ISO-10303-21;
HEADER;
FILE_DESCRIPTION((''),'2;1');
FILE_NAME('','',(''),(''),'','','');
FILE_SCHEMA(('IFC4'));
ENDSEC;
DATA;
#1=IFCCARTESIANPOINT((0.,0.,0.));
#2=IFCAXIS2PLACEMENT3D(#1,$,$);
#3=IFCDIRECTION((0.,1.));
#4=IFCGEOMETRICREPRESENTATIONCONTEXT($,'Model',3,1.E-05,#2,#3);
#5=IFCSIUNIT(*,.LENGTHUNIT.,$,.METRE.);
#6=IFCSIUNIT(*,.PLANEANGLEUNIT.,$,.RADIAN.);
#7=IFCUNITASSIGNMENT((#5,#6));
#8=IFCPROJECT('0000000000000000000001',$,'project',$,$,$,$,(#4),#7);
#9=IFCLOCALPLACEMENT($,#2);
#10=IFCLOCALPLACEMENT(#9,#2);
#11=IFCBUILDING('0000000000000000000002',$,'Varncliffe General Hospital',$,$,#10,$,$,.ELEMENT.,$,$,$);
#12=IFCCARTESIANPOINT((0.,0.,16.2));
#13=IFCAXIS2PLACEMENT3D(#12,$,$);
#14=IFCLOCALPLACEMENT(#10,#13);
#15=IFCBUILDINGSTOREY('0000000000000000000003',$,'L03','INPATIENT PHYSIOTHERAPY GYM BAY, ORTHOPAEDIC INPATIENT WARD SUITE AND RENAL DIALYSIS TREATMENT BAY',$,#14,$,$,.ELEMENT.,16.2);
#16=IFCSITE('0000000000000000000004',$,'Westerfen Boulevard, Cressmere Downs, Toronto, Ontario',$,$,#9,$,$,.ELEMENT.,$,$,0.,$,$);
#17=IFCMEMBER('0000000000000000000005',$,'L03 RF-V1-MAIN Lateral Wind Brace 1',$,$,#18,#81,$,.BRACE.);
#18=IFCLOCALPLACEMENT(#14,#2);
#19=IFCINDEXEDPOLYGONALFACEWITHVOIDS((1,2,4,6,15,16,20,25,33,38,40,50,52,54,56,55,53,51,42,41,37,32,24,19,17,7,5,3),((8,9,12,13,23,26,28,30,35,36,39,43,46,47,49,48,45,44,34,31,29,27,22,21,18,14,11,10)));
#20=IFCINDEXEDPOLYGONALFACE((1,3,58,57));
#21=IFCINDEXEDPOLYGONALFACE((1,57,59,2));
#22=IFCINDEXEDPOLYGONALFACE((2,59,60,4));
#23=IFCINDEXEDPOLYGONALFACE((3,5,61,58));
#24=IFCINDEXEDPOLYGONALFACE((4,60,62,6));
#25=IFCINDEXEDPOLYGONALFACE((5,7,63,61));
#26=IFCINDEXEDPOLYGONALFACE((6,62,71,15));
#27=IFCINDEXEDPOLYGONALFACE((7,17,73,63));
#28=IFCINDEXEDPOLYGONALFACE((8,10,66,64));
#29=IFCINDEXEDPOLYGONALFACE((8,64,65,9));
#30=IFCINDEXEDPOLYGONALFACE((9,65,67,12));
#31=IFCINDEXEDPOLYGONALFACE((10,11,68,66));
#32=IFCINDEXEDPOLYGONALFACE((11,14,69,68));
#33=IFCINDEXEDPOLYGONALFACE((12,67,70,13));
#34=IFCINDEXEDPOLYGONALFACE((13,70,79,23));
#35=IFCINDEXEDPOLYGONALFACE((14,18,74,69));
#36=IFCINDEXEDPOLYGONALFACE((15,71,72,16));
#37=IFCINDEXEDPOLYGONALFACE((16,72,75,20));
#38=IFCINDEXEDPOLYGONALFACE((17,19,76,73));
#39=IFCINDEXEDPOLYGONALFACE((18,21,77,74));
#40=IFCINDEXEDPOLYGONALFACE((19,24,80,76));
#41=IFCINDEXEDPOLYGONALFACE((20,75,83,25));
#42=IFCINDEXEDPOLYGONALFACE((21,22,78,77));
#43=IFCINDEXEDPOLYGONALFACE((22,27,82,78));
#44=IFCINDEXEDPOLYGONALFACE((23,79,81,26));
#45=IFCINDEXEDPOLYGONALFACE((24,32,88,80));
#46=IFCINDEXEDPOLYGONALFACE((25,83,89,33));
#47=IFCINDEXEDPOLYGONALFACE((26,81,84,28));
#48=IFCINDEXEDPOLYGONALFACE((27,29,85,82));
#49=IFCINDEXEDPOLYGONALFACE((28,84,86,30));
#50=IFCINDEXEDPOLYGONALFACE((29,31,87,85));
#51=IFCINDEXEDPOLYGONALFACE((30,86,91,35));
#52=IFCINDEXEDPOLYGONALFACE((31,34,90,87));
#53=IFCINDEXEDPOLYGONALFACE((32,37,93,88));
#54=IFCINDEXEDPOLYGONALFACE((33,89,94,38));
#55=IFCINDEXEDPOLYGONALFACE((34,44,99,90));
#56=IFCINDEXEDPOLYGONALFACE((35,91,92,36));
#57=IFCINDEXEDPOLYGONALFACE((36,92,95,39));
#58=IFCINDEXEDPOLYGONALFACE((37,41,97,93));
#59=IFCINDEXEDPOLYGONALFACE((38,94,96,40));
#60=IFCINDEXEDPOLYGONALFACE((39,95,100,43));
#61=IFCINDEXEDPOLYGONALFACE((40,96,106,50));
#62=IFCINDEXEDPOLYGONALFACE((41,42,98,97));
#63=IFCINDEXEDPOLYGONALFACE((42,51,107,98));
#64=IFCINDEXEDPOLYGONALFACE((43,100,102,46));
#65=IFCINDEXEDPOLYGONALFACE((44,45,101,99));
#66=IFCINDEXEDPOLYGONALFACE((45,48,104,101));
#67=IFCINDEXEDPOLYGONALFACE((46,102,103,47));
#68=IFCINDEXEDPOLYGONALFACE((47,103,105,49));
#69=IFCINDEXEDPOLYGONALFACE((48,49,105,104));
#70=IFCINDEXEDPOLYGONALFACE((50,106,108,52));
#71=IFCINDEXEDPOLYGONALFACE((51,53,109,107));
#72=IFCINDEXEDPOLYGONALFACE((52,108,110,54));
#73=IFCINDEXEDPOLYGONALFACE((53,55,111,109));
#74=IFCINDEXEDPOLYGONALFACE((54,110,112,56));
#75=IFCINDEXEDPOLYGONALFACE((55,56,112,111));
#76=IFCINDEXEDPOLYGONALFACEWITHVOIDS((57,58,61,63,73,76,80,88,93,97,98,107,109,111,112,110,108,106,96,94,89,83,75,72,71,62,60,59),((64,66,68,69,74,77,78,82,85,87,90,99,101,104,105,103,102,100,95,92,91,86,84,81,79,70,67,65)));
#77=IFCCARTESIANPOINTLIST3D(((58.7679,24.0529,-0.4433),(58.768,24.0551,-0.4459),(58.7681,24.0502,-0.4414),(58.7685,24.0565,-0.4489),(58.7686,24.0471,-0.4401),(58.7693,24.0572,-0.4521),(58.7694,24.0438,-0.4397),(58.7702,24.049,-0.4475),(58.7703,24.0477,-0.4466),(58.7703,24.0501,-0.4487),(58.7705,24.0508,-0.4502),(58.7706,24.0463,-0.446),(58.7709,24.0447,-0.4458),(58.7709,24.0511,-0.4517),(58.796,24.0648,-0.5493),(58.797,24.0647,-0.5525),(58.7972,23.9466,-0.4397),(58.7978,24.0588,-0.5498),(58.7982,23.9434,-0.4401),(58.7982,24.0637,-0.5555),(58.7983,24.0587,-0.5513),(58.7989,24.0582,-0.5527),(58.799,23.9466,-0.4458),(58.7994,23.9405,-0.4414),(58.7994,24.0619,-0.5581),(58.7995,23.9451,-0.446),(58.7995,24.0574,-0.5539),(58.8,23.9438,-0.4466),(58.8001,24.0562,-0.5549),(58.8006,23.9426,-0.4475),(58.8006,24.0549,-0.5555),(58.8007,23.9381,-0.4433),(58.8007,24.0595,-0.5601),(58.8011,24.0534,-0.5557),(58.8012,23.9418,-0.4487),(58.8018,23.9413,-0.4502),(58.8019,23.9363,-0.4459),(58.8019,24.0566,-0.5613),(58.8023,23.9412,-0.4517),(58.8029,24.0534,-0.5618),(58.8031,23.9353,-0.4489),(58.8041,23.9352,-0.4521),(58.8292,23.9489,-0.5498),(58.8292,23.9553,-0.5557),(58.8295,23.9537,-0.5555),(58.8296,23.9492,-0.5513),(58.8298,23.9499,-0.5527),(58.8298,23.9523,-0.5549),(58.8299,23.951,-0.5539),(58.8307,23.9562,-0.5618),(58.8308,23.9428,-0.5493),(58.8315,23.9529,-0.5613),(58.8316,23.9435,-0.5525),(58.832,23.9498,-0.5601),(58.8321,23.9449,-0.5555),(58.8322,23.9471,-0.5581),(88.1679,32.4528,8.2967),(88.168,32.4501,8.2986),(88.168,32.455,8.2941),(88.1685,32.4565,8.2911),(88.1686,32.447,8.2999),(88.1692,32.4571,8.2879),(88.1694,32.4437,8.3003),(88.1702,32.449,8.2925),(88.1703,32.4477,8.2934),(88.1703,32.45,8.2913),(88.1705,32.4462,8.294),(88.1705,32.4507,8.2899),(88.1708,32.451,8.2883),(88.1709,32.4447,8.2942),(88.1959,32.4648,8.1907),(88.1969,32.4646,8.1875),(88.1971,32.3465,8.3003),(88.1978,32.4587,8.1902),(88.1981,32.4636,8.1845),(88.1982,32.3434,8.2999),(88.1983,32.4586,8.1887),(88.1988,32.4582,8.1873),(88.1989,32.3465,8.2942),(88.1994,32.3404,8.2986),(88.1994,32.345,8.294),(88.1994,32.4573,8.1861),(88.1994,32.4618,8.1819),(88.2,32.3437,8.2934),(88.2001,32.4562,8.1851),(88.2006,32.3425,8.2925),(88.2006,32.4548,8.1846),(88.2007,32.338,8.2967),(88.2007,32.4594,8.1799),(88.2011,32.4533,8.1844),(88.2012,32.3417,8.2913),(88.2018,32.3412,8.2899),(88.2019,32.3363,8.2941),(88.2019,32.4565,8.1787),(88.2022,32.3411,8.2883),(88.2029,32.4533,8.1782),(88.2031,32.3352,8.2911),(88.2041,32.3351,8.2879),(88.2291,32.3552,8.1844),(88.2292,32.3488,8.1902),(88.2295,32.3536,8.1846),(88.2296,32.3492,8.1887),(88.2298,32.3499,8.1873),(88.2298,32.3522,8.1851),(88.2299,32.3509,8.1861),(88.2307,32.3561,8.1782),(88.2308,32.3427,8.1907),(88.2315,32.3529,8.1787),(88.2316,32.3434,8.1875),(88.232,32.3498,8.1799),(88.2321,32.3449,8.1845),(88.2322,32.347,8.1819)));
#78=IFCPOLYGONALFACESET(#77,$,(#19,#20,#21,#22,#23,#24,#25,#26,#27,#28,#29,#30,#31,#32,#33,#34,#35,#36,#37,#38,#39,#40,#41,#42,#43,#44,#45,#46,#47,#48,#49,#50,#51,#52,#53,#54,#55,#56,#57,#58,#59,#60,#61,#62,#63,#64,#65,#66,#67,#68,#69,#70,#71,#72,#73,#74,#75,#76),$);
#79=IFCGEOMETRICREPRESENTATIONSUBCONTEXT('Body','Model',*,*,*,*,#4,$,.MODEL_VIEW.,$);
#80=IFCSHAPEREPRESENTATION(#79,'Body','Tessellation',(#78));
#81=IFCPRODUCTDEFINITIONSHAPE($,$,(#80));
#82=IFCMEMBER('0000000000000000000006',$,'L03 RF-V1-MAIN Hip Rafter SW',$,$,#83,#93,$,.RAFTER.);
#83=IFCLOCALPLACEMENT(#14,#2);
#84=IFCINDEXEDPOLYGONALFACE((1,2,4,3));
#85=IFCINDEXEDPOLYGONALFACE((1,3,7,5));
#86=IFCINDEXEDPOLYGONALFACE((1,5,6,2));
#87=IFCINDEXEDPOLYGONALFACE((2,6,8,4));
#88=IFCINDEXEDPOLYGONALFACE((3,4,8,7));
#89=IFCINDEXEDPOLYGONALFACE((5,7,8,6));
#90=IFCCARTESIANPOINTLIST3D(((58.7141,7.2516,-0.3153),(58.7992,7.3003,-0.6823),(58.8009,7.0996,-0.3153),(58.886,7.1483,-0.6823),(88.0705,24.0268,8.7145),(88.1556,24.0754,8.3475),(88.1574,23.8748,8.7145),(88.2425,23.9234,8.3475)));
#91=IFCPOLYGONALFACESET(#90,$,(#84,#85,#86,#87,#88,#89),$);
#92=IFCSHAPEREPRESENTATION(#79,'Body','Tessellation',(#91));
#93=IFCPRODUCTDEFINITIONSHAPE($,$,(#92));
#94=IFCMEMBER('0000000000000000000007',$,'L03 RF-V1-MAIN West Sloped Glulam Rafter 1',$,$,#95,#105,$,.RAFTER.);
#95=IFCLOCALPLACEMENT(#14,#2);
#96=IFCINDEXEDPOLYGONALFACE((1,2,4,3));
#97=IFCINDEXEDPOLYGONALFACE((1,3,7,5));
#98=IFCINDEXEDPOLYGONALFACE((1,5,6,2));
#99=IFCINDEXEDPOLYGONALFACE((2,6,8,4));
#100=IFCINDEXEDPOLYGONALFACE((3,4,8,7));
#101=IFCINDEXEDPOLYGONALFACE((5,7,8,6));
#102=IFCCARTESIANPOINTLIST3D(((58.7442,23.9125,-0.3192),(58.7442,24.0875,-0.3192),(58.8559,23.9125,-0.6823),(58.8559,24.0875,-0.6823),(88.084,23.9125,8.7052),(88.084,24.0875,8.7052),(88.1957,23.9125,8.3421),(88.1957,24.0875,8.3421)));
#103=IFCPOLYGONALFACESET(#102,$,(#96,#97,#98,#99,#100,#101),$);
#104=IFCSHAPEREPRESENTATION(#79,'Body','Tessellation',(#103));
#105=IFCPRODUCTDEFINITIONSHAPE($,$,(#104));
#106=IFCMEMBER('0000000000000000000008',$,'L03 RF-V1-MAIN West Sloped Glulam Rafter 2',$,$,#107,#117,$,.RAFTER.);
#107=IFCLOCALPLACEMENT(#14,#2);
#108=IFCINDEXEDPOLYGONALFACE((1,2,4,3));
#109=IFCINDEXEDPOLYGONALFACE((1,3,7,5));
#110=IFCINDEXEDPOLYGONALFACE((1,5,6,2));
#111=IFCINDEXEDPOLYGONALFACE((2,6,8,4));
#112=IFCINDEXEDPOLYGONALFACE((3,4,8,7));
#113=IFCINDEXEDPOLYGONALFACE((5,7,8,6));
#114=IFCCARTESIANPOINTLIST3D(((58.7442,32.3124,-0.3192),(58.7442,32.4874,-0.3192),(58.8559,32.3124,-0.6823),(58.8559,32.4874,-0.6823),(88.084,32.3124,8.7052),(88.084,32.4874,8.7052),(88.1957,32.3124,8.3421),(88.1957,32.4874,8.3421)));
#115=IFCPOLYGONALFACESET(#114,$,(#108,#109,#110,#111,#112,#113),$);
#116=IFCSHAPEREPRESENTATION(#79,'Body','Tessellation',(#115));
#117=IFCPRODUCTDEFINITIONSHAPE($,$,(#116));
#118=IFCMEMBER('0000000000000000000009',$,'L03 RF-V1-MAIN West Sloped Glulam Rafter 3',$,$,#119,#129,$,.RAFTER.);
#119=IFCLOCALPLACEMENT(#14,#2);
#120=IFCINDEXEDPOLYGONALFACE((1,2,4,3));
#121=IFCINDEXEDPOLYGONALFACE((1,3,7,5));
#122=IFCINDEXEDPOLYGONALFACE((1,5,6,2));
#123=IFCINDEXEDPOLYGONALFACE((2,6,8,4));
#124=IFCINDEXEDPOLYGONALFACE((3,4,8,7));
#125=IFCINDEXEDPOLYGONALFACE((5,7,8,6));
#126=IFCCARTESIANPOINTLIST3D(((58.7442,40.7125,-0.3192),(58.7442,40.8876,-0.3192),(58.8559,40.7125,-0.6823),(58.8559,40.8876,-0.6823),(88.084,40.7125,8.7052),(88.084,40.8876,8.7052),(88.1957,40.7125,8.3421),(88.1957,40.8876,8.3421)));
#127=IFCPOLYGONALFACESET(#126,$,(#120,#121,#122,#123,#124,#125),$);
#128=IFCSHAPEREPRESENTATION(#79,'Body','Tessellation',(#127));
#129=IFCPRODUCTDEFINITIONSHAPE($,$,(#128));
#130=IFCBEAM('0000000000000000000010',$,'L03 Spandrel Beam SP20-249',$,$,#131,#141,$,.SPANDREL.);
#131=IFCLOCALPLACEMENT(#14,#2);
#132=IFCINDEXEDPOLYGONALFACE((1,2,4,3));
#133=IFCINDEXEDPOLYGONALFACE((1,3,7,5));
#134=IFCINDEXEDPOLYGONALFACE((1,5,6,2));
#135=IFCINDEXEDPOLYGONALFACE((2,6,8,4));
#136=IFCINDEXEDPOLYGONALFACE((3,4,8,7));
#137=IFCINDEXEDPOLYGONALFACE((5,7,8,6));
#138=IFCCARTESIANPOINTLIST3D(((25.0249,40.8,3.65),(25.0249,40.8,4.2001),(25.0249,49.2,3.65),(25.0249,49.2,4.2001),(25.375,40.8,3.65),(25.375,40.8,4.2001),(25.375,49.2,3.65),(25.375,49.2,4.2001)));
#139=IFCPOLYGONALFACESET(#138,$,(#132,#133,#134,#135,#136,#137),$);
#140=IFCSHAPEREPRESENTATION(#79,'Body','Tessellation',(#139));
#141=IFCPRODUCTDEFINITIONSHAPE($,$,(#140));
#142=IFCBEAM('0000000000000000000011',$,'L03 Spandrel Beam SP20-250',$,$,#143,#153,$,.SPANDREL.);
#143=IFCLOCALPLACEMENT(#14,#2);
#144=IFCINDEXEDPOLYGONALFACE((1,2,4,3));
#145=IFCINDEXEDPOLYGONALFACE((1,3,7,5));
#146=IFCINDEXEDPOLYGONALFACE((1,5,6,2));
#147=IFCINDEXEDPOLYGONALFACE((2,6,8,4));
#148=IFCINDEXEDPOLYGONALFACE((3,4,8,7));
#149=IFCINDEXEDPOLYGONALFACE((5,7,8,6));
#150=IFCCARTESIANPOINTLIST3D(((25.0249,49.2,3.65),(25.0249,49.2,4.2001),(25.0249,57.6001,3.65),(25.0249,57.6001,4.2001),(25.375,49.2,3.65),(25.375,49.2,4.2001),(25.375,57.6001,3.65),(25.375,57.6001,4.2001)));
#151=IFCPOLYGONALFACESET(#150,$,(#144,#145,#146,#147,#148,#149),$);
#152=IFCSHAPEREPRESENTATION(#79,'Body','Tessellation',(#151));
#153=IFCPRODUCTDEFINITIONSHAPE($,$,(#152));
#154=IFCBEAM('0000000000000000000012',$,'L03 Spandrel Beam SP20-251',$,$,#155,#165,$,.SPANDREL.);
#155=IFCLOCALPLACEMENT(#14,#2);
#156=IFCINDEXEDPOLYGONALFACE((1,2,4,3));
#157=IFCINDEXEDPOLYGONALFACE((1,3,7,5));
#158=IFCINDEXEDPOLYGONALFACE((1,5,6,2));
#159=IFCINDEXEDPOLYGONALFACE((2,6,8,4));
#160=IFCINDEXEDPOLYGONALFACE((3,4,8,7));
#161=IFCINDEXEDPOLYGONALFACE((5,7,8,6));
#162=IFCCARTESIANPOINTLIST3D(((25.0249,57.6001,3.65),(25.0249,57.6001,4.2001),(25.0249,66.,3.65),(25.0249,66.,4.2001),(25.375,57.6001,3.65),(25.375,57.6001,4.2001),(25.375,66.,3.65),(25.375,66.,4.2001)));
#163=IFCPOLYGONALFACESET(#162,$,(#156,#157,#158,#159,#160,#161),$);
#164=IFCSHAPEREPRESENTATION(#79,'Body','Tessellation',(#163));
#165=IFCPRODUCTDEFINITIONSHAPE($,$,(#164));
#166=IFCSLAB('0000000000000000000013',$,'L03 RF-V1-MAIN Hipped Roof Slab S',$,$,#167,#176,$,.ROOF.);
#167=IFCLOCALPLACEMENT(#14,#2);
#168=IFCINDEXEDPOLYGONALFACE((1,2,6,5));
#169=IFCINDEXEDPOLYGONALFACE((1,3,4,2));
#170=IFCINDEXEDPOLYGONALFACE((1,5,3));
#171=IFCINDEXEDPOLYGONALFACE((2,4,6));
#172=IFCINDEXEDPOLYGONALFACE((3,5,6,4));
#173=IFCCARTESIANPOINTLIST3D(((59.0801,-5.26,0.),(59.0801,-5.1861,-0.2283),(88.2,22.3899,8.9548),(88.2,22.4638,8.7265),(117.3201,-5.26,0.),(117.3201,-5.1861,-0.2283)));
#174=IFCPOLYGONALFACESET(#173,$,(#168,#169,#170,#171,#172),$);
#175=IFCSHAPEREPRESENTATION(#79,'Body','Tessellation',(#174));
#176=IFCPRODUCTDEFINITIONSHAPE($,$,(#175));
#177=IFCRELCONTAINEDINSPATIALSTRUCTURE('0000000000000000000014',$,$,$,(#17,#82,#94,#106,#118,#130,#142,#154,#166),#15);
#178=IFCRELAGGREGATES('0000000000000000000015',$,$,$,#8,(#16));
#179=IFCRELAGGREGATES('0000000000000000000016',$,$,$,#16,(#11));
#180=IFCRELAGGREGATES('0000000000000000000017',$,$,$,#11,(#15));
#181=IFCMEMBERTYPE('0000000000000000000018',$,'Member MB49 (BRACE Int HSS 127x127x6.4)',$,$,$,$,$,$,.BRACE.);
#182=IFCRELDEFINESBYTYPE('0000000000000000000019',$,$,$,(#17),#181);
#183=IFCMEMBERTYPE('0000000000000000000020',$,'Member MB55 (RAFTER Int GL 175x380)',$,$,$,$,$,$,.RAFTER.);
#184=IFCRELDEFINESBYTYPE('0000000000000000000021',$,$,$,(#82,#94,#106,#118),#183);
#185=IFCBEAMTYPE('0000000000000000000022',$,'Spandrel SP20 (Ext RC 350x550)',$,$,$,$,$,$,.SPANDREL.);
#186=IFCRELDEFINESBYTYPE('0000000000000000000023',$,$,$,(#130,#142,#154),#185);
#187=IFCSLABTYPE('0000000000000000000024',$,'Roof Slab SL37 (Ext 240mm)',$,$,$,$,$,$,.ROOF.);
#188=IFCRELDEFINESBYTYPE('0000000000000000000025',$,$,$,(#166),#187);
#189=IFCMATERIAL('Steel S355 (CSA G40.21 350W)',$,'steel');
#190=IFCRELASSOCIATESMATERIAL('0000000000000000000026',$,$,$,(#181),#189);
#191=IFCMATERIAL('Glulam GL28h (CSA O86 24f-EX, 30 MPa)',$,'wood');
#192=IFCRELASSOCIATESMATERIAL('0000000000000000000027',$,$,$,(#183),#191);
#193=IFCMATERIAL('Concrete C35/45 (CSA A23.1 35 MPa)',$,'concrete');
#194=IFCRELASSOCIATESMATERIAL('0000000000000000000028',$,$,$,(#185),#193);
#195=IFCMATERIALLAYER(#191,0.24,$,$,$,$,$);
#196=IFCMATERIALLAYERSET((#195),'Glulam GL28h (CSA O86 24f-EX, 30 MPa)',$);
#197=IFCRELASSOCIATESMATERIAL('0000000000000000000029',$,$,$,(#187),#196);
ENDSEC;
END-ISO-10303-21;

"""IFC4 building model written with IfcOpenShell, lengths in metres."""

from ifc_helpers import new_model, si_unit, direction, frame, origin, origin_2d, place, context, subcontext, project, spatial, polyline, rectangle, hollow_rectangle, outline, extrude, material, layer, layer_set, material_profile, profile_set, type_object, element, save


model = new_model("IFC4")

# Units and contexts
model_context = context("Model", 3, precision=1e-05, world=origin(), true_north=direction((0.0, 1.0)))
body_context = subcontext(model_context, "Body", "Model", "MODEL_VIEW")
ifc_project = project(units=[si_unit("LENGTHUNIT", "METRE"), si_unit("PLANEANGLEUNIT", "RADIAN")], contexts=[model_context])

# Site, building, storey
site_placement = place(None, origin())
site = spatial("IfcSite", under=ifc_project, at=site_placement, Name="Westerfen Boulevard, Cressmere Downs, Toronto, Ontario", CompositionType="ELEMENT", RefElevation=0.0)
building_placement = place(site_placement, origin())
building = spatial("IfcBuilding", under=site, at=building_placement, Name="Varncliffe General Hospital", CompositionType="ELEMENT")
storey_placement = place(building_placement, frame((0.0, 0.0, 16.2)))
storey = spatial("IfcBuildingStorey", under=building, at=storey_placement, Name="L03", Description="INPATIENT PHYSIOTHERAPY GYM BAY, ORTHOPAEDIC INPATIENT WARD SUITE AND RENAL DIALYSIS TREATMENT BAY", CompositionType="ELEMENT", Elevation=16.2)

# Shared definitions
ifc_material_1 = material(Name="Glulam GL28h (CSA O86 24f-EX, 30 MPa)", Category="wood")

# Members
ifc_material_2 = material(Name="Steel S355 (CSA G40.21 350W)", Category="steel")
ifc_material_profile_1 = material_profile(ifc_material_2, hollow_rectangle(XDim=0.127, YDim=0.127, WallThickness=0.0063, InnerFilletRadius=0.0061, OuterFilletRadius=0.0129, at=origin_2d()), Name="HSS 127x127x6.4")
ifc_profile_set_1 = profile_set([ifc_material_profile_1], Name="Steel S355 (CSA G40.21 350W)")
member_type_1 = type_object("IfcMemberType", Name="Member MB49 (BRACE Int HSS 127x127x6.4)", PredefinedType="BRACE", material=ifc_profile_set_1)
member_1_placement = place(storey_placement, frame((58.8, 24.0, -0.5007), z_axis=(0.924498, 0.26414, 0.274834), x_axis=(-0.274719, 0.961525, 0.0)))
element("IfcMember", 1, at=member_1_placement, inside=storey, type_object=member_type_1, Name="L03 RF-V1-MAIN Lateral Wind Brace 1", PredefinedType="BRACE", context=body_context, shape_type="SweptSolid", body=[
    extrude(hollow_rectangle(XDim=0.127, YDim=0.127, WallThickness=0.0063, InnerFilletRadius=0.0061, OuterFilletRadius=0.0129, at=origin_2d()), origin(), (0.0, 0.0, 1.0), 31.801),
])
ifc_material_profile_2 = material_profile(ifc_material_1, rectangle(XDim=0.175, YDim=0.3799, at=origin_2d()), Name="GL 175x380")
ifc_profile_set_2 = profile_set([ifc_material_profile_2], Name="Glulam GL28h (CSA O86 24f-EX, 30 MPa)")
member_type_2 = type_object("IfcMemberType", Name="Member MB55 (RAFTER Int GL 175x380)", PredefinedType="RAFTER", material=ifc_profile_set_2)
member_2_placement = place(storey_placement, frame((58.8, 7.2, -0.4988), z_axis=(0.838843, 0.47934, 0.258021), x_axis=(-0.49614, 0.868243, 0.0)))
element("IfcMember", 2, at=member_2_placement, inside=storey, type_object=member_type_2, Name="L03 RF-V1-MAIN Hip Rafter SW", PredefinedType="RAFTER", context=body_context, shape_type="SweptSolid", body=[
    extrude(rectangle(XDim=0.175, YDim=0.3799, at=origin_2d()), origin(), (0.0, 0.0, 1.0), 34.9963),
])
for number, where, z_axis, x_axis, name in (
    (3, (58.8, 24.0, -0.5007), (0.955809, 0.0, 0.29399), (0.0, 1.0, 0.0), "L03 RF-V1-MAIN West Sloped Glulam Rafter 1"),
    (4, (58.8, 32.3999, -0.5007), (0.955809, 0.0, 0.29399), (0.0, 1.0, 0.0), "L03 RF-V1-MAIN West Sloped Glulam Rafter 2"),
    (5, (58.8, 40.8, -0.5007), (0.955809, 0.0, 0.29399), (0.0, 1.0, 0.0), "L03 RF-V1-MAIN West Sloped Glulam Rafter 3"),
):
    element("IfcMember", number, at=place(storey_placement, frame(where, z_axis=z_axis, x_axis=x_axis)), inside=storey, type_object=member_type_2, Name=name, PredefinedType="RAFTER", context=body_context, shape_type="SweptSolid", body=[
        extrude(rectangle(XDim=0.175, YDim=0.3799, at=origin_2d()), origin(), (0.0, 0.0, 1.0), 30.6963),
    ])

# Beams
ifc_material_3 = material(Name="Concrete C35/45 (CSA A23.1 35 MPa)", Category="concrete")
ifc_material_profile_3 = material_profile(ifc_material_3, rectangle(XDim=0.3501, YDim=0.55, at=origin_2d()), Name="RC 350x550")
ifc_profile_set_3 = profile_set([ifc_material_profile_3], Name="Concrete C35/45 (CSA A23.1 35 MPa)")
beam_type_1 = type_object("IfcBeamType", Name="Spandrel SP20 (Ext RC 350x550)", PredefinedType="SPANDREL", material=ifc_profile_set_3)
beam_1_placement = place(storey_placement, frame((25.2, 40.8, 3.925), z_axis=(0.0, 1.0, 0.0), x_axis=(-1.0, 0.0, 0.0)))
element("IfcBeam", 6, at=beam_1_placement, inside=storey, type_object=beam_type_1, Name="L03 Spandrel Beam SP20-249", PredefinedType="SPANDREL", context=body_context, shape_type="SweptSolid", body=[
    extrude(rectangle(XDim=0.3501, YDim=0.55, at=origin_2d()), origin(), (0.0, 0.0, 1.0), 8.3999),
])
beam_2_placement = place(storey_placement, frame((25.2, 49.2, 3.925), z_axis=(0.0, 1.0, 0.0), x_axis=(-1.0, 0.0, 0.0)))
element("IfcBeam", 7, at=beam_2_placement, inside=storey, type_object=beam_type_1, Name="L03 Spandrel Beam SP20-250", PredefinedType="SPANDREL", context=body_context, shape_type="SweptSolid", body=[
    extrude(rectangle(XDim=0.3501, YDim=0.55, at=origin_2d()), origin(), (0.0, 0.0, 1.0), 8.4001),
])
beam_3_placement = place(storey_placement, frame((25.2, 57.6001, 3.925), z_axis=(0.0, 1.0, 0.0), x_axis=(-1.0, 0.0, 0.0)))
element("IfcBeam", 8, at=beam_3_placement, inside=storey, type_object=beam_type_1, Name="L03 Spandrel Beam SP20-251", PredefinedType="SPANDREL", context=body_context, shape_type="SweptSolid", body=[
    extrude(rectangle(XDim=0.3501, YDim=0.55, at=origin_2d()), origin(), (0.0, 0.0, 1.0), 8.3999),
])

# Slab
ifc_layer_1 = layer(ifc_material_1, 0.24)
ifc_layer_set_1 = layer_set([ifc_layer_1], Name="Glulam GL28h (CSA O86 24f-EX, 30 MPa)")
slab_type = type_object("IfcSlabType", Name="Roof Slab SL37 (Ext 240mm)", PredefinedType="ROOF", material=ifc_layer_set_1)
slab_placement = place(storey_placement, frame((59.0801, -5.26, 0.0), z_axis=(0.0, -0.308109, 0.951351), x_axis=(1.0, 0.0, 0.0)))
element("IfcSlab", 9, at=slab_placement, inside=storey, type_object=slab_type, Name="L03 RF-V1-MAIN Hipped Roof Slab S", PredefinedType="ROOF", context=body_context, shape_type="SweptSolid", body=[
    extrude(outline(polyline([(0.0, 0.0), (58.24, 0.0), (29.1199, 29.0638), (0.0, 0.0)])), origin(), (0.0, 0.0, -1.0), 0.24),
])

save(model, "model.ifc")
